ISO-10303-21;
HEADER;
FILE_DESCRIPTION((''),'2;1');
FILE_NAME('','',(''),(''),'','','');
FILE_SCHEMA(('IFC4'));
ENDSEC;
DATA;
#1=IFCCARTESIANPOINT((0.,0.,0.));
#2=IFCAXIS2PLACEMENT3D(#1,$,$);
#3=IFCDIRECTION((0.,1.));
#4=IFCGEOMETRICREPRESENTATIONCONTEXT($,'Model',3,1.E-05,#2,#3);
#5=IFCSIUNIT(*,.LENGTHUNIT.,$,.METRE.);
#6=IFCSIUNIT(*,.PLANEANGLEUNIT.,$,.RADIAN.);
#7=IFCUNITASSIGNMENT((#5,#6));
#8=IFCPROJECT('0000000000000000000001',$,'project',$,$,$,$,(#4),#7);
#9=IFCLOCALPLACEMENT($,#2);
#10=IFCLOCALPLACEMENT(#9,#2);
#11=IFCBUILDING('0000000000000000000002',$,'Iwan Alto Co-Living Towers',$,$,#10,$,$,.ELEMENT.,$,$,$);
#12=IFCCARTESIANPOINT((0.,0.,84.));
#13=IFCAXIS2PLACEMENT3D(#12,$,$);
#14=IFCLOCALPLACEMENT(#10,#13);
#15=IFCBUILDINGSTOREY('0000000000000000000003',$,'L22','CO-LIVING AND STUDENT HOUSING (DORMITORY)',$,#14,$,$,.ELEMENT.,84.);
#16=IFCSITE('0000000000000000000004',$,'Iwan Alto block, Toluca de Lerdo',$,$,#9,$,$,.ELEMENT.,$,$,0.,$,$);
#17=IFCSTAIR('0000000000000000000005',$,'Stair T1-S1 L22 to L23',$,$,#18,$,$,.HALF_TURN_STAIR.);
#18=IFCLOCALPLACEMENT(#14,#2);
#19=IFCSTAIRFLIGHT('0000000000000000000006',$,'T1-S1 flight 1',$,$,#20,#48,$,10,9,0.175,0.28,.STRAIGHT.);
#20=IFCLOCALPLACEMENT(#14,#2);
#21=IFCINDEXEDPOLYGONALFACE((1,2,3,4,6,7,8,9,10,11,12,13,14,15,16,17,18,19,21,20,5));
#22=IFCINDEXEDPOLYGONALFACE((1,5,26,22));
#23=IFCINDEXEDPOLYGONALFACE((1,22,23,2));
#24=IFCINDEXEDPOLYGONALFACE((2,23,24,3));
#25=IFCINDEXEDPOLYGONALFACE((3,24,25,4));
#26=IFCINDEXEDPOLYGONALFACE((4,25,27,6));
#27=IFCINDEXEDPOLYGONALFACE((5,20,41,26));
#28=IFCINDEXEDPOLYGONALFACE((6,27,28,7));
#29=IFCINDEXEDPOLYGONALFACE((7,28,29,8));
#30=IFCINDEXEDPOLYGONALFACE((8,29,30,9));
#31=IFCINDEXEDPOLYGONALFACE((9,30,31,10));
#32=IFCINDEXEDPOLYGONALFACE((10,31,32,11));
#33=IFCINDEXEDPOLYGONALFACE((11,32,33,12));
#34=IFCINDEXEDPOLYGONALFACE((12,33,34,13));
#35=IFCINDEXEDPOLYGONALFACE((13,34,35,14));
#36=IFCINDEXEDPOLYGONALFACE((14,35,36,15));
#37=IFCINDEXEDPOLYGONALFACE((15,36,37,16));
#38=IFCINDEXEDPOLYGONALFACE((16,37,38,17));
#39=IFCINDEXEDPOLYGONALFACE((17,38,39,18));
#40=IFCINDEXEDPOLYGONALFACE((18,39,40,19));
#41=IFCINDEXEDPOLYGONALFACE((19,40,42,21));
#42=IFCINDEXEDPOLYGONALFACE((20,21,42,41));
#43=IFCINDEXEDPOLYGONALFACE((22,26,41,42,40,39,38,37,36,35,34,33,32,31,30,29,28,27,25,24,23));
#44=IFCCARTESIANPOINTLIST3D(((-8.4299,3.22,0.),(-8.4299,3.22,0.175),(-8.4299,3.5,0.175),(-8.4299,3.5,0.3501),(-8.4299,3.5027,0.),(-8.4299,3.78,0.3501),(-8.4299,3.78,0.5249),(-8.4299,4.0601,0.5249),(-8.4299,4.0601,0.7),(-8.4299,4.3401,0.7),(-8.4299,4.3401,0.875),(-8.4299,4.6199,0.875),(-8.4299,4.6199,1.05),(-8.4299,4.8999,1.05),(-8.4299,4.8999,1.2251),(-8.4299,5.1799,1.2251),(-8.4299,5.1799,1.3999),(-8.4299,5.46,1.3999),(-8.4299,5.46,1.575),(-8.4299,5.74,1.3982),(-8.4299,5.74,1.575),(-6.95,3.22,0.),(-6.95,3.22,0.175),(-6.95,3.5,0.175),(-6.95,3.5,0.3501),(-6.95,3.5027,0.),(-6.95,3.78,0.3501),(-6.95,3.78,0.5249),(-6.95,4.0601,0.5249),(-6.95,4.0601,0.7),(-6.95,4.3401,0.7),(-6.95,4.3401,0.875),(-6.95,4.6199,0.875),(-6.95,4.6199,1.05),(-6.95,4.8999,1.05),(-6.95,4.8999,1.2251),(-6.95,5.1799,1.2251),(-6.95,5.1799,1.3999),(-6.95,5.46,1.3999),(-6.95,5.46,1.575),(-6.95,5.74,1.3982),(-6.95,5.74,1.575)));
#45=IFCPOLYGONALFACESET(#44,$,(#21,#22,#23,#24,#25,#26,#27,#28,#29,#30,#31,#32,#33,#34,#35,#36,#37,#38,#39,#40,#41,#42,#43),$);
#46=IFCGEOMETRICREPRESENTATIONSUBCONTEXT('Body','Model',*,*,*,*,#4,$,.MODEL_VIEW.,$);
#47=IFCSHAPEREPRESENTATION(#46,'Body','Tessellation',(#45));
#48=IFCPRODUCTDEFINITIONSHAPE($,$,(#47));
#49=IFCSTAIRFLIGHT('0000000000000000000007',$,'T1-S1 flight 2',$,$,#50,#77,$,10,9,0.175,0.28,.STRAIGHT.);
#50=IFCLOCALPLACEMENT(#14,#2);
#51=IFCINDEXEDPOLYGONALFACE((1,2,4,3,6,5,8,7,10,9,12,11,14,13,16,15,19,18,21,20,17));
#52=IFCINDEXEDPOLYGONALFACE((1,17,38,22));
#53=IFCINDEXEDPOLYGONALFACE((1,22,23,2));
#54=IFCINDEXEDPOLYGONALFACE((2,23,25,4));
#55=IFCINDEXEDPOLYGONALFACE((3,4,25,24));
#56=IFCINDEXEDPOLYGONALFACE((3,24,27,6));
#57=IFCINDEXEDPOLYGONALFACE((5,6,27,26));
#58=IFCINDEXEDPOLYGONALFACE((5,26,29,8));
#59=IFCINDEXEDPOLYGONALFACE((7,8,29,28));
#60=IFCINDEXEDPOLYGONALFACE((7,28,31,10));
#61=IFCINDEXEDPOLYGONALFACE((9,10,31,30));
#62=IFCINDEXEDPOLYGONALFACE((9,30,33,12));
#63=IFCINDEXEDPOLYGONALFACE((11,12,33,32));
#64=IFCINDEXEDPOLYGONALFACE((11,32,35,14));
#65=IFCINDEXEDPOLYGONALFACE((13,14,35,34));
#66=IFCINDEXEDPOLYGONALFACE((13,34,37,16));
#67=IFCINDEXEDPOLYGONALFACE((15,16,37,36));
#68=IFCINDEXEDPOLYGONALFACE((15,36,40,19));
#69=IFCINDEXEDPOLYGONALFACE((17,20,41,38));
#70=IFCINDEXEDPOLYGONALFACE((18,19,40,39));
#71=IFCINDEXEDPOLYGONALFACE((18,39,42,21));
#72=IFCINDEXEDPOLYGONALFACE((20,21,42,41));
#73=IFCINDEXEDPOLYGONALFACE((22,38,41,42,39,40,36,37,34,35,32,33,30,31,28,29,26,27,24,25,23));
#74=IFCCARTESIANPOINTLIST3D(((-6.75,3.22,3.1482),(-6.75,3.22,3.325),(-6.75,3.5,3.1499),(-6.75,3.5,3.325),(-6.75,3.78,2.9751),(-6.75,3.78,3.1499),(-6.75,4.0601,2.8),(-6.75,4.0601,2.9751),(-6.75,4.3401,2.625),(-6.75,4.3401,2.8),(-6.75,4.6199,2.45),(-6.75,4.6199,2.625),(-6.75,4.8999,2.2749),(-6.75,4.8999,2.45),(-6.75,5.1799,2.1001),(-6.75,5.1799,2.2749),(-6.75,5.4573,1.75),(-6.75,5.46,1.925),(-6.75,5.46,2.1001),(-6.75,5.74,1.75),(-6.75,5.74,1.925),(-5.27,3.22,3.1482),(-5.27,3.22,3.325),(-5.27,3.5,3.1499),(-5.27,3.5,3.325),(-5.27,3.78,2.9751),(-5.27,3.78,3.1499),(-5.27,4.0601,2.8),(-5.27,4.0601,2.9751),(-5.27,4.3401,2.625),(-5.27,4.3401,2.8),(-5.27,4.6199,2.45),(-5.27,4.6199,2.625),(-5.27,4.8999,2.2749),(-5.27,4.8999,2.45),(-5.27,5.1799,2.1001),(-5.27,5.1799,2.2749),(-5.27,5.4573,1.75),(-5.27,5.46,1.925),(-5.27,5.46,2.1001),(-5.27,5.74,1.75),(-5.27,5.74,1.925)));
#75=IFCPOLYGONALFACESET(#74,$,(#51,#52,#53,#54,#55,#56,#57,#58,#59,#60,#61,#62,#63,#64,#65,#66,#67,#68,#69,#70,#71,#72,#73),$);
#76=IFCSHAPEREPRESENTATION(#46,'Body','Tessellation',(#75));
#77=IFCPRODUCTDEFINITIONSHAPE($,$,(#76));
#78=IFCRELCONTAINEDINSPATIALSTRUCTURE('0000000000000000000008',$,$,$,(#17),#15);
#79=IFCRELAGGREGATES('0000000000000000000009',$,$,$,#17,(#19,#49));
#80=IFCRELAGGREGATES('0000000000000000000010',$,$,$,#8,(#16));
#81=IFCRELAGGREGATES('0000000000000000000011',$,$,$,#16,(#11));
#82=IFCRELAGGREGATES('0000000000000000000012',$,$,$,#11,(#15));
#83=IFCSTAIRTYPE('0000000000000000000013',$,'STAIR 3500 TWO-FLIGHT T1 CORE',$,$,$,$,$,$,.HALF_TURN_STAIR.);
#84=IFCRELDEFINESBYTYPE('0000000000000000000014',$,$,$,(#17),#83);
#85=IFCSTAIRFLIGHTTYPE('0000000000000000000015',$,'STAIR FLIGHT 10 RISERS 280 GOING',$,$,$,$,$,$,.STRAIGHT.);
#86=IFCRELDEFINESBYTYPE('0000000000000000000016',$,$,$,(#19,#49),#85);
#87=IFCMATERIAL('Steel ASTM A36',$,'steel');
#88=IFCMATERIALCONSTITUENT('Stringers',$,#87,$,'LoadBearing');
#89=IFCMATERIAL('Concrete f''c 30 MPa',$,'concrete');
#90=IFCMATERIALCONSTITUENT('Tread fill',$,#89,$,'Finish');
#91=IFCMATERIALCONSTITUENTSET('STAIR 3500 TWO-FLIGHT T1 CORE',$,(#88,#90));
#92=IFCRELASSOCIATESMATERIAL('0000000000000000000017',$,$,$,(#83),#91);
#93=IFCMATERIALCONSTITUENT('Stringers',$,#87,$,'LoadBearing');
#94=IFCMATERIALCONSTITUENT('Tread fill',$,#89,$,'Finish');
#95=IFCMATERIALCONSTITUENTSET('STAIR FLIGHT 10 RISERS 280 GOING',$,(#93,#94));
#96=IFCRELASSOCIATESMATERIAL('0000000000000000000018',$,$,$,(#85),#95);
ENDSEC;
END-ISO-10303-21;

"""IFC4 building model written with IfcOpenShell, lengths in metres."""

from ifc_helpers import new_model, si_unit, direction, frame, origin, place, context, subcontext, project, spatial, polyline, outline, extrude, material, constituent, constituent_set, type_object, element, aggregate, save


model = new_model("IFC4")

# Units and contexts
model_context = context("Model", 3, precision=1e-05, world=origin(), true_north=direction((0.0, 1.0)))
body_context = subcontext(model_context, "Body", "Model", "MODEL_VIEW")
ifc_project = project(units=[si_unit("LENGTHUNIT", "METRE"), si_unit("PLANEANGLEUNIT", "RADIAN")], contexts=[model_context])

# Site, building, storey
site_placement = place(None, origin())
site = spatial("IfcSite", under=ifc_project, at=site_placement, Name="Iwan Alto block, Toluca de Lerdo", CompositionType="ELEMENT", RefElevation=0.0)
building_placement = place(site_placement, origin())
building = spatial("IfcBuilding", under=site, at=building_placement, Name="Iwan Alto Co-Living Towers", CompositionType="ELEMENT")
storey_placement = place(building_placement, frame((0.0, 0.0, 84.0)))
storey = spatial("IfcBuildingStorey", under=building, at=storey_placement, Name="L22", Description="CO-LIVING AND STUDENT HOUSING (DORMITORY)", CompositionType="ELEMENT", Elevation=84.0)

# Stair, stair flights
ifc_material_1 = material(Name="Steel ASTM A36", Category="steel")
ifc_constituent_1 = constituent(ifc_material_1, Name="Stringers", Category="LoadBearing")
ifc_material_2 = material(Name="Concrete f'c 30 MPa", Category="concrete")
ifc_constituent_2 = constituent(ifc_material_2, Name="Tread fill", Category="Finish")
ifc_constituent_set_1 = constituent_set(constituents=[ifc_constituent_1, ifc_constituent_2], Name="STAIR 3500 TWO-FLIGHT T1 CORE")
stair_type = type_object("IfcStairType", Name="STAIR 3500 TWO-FLIGHT T1 CORE", PredefinedType="HALF_TURN_STAIR", material=ifc_constituent_set_1)
stair_placement = place(storey_placement, origin())
stair = element("IfcStair", 1, at=stair_placement, inside=storey, type_object=stair_type, Name="Stair T1-S1 L22 to L23", PredefinedType="HALF_TURN_STAIR")
ifc_constituent_3 = constituent(ifc_material_1, Name="Stringers", Category="LoadBearing")
ifc_constituent_4 = constituent(ifc_material_2, Name="Tread fill", Category="Finish")
ifc_constituent_set_2 = constituent_set(constituents=[ifc_constituent_3, ifc_constituent_4], Name="STAIR FLIGHT 10 RISERS 280 GOING")
stair_flight_type = type_object("IfcStairFlightType", Name="STAIR FLIGHT 10 RISERS 280 GOING", PredefinedType="STRAIGHT", material=ifc_constituent_set_2)
stair_flight_1_placement = place(storey_placement, frame((-7.6899, 3.22, 0.0), z_axis=(0.0, 0.0, 1.0), x_axis=(0.0, 1.0, 0.0)))
stair_flight_1 = element("IfcStairFlight", 2, at=stair_flight_1_placement, type_object=stair_flight_type, Name="T1-S1 flight 1", NumberOfRisers=10, NumberOfTreads=9, PredefinedType="STRAIGHT", RiserHeight=0.175, TreadLength=0.28, context=body_context, shape_type="SweptSolid", body=[
    extrude(outline(polyline([(0.0, 0.0), (0.0, 0.175), (0.28, 0.175), (0.28, 0.3501), (0.5601, 0.3501), (0.5601, 0.5249), (0.8401, 0.5249), (0.8401, 0.7), (1.1201, 0.7), (1.1201, 0.875), (1.3999, 0.875), (1.3999, 1.05), (1.6799, 1.05), (1.6799, 1.2251), (1.96, 1.2251), (1.96, 1.3999), (2.24, 1.3999), (2.24, 1.575), (2.52, 1.575), (2.52, 1.75), (2.52, 1.3982), (0.2827, 0.0), (0.0, 0.0)])), frame((0.0, 0.74, 0.0), z_axis=(0.0, -1.0, 0.0), x_axis=(1.0, 0.0, 0.0)), (0.0, 0.0, 1.0), 1.48),
])
stair_flight_2_placement = place(storey_placement, frame((-6.01, 5.74, 1.75), z_axis=(0.0, 0.0, 1.0), x_axis=(0.0, -1.0, 0.0)))
stair_flight_2 = element("IfcStairFlight", 3, at=stair_flight_2_placement, type_object=stair_flight_type, Name="T1-S1 flight 2", NumberOfRisers=10, NumberOfTreads=9, PredefinedType="STRAIGHT", RiserHeight=0.175, TreadLength=0.28, context=body_context, shape_type="SweptSolid", body=[
    extrude(outline(polyline([(0.0, 0.0), (0.0, 0.175), (0.28, 0.175), (0.28, 0.3501), (0.5601, 0.3501), (0.5601, 0.5249), (0.8401, 0.5249), (0.8401, 0.7), (1.1201, 0.7), (1.1201, 0.875), (1.3999, 0.875), (1.3999, 1.05), (1.6799, 1.05), (1.6799, 1.2251), (1.96, 1.2251), (1.96, 1.3999), (2.24, 1.3999), (2.24, 1.575), (2.52, 1.575), (2.52, 1.75), (2.52, 1.3982), (0.2827, 0.0), (0.0, 0.0)])), frame((0.0, 0.74, 0.0), z_axis=(0.0, -1.0, 0.0), x_axis=(1.0, 0.0, 0.0)), (0.0, 0.0, 1.0), 1.48),
])
aggregate(stair, [stair_flight_1, stair_flight_2])

save(model, "model.ifc")
